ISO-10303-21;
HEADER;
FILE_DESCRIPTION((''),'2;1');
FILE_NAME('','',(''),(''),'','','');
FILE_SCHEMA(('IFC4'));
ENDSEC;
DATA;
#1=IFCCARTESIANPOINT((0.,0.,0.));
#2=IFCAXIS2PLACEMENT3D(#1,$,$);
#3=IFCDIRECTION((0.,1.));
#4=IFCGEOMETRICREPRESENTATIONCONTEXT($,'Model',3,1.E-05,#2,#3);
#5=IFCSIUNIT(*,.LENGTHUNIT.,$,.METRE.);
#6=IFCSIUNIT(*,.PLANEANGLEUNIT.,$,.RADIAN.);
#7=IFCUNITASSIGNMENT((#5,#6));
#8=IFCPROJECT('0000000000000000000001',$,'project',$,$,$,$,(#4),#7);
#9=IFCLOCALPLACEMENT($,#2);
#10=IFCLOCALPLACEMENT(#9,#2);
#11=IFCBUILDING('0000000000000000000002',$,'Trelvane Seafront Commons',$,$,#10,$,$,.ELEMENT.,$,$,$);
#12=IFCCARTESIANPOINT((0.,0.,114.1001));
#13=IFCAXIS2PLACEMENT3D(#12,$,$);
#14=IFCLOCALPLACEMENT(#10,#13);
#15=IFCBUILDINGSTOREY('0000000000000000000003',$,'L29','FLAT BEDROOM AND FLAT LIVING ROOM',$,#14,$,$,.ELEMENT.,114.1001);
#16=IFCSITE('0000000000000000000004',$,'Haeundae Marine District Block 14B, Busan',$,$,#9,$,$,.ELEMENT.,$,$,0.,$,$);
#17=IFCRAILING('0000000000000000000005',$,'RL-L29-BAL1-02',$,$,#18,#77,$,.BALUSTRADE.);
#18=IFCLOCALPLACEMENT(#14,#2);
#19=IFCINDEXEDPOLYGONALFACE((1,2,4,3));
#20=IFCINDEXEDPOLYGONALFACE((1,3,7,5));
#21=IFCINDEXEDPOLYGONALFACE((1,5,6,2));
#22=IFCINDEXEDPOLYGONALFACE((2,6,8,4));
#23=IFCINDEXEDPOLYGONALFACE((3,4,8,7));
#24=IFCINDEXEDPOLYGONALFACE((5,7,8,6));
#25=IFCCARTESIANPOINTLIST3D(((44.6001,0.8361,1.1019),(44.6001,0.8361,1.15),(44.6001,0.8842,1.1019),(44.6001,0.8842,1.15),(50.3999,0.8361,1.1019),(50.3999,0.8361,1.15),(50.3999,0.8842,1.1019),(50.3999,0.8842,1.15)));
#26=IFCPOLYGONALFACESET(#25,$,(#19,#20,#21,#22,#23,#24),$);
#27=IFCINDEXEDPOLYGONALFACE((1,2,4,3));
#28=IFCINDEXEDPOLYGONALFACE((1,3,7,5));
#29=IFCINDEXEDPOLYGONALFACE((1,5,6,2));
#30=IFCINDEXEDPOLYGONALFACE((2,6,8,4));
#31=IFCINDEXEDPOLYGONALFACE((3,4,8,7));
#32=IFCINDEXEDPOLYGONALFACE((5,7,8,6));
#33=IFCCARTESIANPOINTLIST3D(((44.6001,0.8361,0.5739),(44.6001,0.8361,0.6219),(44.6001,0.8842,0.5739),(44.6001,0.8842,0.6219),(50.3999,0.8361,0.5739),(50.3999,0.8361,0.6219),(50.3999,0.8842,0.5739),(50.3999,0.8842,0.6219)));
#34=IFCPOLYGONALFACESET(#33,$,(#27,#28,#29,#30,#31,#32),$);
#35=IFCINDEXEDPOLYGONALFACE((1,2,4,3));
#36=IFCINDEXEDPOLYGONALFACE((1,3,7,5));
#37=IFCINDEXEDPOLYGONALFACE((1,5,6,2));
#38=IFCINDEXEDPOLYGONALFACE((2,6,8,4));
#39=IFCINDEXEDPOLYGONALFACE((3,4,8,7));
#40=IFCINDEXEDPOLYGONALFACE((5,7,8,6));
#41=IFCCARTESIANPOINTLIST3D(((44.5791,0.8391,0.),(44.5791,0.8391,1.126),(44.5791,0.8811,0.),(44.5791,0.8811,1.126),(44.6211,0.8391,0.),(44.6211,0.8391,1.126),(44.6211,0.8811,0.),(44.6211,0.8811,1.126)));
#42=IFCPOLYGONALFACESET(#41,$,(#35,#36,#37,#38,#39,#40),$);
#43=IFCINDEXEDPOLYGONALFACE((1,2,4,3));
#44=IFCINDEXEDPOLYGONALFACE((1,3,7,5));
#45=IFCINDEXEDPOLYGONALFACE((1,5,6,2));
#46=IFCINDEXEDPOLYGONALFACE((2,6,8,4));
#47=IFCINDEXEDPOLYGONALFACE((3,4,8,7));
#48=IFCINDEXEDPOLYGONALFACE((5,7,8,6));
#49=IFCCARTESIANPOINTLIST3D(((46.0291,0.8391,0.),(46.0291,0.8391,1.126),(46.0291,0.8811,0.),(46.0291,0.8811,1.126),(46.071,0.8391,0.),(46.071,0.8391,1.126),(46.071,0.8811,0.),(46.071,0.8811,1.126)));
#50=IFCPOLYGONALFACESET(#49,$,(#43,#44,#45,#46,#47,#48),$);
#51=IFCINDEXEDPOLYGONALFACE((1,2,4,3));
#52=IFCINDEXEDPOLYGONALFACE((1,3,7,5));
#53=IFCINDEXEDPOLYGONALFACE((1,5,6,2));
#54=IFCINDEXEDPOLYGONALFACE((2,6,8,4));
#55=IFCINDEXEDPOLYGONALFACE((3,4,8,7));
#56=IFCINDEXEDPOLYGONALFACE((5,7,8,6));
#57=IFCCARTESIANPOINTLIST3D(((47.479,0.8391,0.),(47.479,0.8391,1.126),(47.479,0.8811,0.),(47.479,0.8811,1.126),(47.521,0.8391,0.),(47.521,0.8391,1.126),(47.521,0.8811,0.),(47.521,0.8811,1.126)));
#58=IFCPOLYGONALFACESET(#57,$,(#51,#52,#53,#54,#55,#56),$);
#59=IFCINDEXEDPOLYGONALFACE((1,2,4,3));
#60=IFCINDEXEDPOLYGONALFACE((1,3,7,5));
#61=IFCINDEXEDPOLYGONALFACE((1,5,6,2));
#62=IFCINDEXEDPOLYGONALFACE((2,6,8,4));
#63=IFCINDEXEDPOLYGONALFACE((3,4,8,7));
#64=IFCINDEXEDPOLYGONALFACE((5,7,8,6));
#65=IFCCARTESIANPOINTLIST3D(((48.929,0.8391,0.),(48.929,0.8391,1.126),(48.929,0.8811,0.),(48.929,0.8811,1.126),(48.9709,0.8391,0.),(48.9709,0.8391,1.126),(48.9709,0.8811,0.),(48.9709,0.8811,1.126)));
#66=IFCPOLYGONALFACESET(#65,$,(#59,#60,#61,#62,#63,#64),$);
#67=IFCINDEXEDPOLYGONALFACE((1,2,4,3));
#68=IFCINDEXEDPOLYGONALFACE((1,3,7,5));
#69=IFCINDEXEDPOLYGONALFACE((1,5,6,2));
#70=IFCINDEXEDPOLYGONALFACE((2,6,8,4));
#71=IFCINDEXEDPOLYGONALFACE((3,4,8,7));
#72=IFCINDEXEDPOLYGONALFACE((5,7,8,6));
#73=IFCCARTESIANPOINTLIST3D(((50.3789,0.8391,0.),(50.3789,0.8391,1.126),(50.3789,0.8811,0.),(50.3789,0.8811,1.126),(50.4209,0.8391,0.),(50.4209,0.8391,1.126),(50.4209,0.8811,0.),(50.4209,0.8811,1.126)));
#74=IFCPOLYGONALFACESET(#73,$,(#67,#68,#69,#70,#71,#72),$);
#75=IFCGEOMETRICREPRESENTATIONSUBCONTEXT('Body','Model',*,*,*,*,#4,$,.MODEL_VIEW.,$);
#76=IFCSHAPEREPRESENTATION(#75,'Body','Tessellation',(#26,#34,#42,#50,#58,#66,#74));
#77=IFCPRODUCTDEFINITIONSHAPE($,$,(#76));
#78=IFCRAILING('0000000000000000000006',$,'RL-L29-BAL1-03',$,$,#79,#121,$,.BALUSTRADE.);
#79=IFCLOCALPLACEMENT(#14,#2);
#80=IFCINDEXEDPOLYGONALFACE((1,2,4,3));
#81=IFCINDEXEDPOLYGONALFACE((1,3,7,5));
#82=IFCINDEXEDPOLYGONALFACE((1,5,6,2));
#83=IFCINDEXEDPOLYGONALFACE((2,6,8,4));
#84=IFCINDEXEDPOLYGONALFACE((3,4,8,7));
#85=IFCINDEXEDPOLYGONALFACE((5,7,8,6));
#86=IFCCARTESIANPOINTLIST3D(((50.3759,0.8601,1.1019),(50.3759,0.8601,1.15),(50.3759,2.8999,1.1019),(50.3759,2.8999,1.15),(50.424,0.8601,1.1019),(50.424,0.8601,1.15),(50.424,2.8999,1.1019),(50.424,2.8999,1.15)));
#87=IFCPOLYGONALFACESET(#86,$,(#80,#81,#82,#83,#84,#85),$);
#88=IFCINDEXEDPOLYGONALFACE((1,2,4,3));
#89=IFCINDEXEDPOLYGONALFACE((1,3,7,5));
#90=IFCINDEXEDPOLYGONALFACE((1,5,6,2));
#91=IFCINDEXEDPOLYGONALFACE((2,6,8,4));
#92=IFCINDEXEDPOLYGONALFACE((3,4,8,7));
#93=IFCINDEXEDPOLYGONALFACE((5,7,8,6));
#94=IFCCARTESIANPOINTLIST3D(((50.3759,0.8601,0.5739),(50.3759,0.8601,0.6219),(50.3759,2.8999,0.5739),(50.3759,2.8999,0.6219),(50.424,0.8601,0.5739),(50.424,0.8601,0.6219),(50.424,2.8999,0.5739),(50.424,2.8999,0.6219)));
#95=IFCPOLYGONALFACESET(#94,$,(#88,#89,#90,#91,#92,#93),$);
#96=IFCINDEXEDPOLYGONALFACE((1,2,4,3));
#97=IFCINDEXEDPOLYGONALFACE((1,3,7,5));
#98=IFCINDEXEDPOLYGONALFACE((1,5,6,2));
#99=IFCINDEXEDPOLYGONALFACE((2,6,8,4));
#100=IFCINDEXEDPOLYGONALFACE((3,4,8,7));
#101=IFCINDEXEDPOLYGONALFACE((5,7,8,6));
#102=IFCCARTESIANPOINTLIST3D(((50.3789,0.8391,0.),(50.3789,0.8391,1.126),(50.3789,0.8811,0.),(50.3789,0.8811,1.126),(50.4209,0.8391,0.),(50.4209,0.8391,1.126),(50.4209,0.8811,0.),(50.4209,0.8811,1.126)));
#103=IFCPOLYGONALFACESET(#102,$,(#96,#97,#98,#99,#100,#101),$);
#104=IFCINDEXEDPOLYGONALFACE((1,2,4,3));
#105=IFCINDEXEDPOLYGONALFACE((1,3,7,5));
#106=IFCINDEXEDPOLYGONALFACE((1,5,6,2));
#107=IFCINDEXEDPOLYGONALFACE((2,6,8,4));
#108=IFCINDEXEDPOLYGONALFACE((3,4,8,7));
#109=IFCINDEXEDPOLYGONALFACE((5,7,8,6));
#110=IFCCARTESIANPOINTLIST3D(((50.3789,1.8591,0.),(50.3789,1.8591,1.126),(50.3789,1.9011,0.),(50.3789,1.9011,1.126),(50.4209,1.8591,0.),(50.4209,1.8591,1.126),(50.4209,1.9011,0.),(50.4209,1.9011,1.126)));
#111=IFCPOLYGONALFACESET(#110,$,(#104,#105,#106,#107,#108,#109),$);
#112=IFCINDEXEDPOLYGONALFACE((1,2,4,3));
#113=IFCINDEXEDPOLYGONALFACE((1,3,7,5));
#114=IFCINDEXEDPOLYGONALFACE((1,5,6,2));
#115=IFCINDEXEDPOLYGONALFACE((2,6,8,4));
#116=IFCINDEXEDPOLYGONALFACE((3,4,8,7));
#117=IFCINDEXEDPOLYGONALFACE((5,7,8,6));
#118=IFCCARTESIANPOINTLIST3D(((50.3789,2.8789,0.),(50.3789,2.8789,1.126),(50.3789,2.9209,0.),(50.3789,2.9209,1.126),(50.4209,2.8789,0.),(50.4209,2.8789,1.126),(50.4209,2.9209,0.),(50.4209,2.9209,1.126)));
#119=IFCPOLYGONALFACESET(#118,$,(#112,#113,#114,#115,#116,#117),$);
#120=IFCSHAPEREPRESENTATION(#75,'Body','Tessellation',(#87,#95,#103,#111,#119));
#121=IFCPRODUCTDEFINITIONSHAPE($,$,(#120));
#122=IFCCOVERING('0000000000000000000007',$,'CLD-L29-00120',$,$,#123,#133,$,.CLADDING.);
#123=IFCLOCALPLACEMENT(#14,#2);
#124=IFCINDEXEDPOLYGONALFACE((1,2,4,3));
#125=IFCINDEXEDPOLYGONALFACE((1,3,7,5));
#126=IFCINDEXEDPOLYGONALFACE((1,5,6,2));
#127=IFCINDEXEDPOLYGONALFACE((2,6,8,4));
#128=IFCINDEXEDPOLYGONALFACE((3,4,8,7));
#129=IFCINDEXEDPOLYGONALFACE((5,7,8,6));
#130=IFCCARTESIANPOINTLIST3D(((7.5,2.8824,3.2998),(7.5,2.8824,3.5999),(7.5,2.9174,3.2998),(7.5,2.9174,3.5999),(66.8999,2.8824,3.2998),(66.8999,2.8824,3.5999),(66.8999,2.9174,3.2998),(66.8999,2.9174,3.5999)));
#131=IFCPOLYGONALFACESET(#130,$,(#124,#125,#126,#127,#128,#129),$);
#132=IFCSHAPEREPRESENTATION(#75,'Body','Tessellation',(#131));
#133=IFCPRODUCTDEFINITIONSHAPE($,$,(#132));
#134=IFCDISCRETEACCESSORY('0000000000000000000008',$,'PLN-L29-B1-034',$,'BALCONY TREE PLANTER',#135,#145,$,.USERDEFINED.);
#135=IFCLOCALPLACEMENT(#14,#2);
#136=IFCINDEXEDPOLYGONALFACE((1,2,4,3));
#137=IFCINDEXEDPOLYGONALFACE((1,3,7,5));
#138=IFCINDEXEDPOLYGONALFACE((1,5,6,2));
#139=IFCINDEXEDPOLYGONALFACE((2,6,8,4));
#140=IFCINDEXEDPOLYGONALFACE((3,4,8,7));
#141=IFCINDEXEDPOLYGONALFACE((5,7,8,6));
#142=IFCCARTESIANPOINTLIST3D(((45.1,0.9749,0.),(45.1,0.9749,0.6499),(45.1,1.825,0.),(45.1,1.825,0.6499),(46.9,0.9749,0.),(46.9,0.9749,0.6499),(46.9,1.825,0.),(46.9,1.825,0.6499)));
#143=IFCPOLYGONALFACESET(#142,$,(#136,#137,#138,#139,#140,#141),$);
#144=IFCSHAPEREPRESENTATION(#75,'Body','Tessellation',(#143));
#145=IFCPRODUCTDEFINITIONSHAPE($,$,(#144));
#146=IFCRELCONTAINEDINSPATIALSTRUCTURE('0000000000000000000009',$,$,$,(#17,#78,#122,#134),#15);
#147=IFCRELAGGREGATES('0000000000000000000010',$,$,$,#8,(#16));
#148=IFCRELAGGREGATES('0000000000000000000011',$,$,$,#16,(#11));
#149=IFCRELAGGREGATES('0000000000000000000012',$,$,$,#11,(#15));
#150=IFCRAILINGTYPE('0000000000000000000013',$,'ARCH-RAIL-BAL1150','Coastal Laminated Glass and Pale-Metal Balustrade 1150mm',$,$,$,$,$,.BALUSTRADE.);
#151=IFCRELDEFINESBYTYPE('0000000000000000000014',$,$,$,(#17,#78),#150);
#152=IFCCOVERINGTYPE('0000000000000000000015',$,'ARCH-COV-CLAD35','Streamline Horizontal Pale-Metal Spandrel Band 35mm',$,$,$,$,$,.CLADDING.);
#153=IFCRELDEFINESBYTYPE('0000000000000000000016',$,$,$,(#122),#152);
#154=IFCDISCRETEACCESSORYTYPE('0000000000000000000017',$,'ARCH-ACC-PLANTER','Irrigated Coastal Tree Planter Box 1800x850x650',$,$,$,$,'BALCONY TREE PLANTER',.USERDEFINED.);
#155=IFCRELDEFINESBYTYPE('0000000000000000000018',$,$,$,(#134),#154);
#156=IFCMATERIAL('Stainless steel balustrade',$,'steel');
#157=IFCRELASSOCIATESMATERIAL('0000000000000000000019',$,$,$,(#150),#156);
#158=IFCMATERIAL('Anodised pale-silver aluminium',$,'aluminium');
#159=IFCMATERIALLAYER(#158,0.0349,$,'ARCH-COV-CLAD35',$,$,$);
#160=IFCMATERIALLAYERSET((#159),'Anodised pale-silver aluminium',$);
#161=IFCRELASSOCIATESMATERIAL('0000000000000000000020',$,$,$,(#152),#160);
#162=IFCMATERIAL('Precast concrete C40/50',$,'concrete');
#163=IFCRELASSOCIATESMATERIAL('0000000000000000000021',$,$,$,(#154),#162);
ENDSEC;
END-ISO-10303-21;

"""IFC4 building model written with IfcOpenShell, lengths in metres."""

from ifc_helpers import new_model, si_unit, direction, frame, origin, origin_2d, place, context, subcontext, project, spatial, rectangle, extrude, source, transform, mapped, material, layer, layer_set, type_object, element, save


model = new_model("IFC4")

# Units and contexts
model_context = context("Model", 3, precision=1e-05, world=origin(), true_north=direction((0.0, 1.0)))
body_context = subcontext(model_context, "Body", "Model", "MODEL_VIEW")
ifc_project = project(units=[si_unit("LENGTHUNIT", "METRE"), si_unit("PLANEANGLEUNIT", "RADIAN")], contexts=[model_context])

# Site, building, storey
site_placement = place(None, origin())
site = spatial("IfcSite", under=ifc_project, at=site_placement, Name="Haeundae Marine District Block 14B, Busan", CompositionType="ELEMENT", RefElevation=0.0)
building_placement = place(site_placement, origin())
building = spatial("IfcBuilding", under=site, at=building_placement, Name="Trelvane Seafront Commons", CompositionType="ELEMENT")
storey_placement = place(building_placement, frame((0.0, 0.0, 114.1001)))
storey = spatial("IfcBuildingStorey", under=building, at=storey_placement, Name="L29", Description="FLAT BEDROOM AND FLAT LIVING ROOM", CompositionType="ELEMENT", Elevation=114.1001)

# Shared definitions
ifc_material_1 = material(Name="Anodised pale-silver aluminium", Category="aluminium")

# Railings
ifc_material_2 = material(Name="Stainless steel balustrade", Category="steel")
railing_type = type_object("IfcRailingType", Name="ARCH-RAIL-BAL1150", Description="Coastal Laminated Glass and Pale-Metal Balustrade 1150mm", PredefinedType="BALUSTRADE", material=ifc_material_2)
railing_1_placement = place(storey_placement, frame((44.6001, 0.8601, 0.0)))
element("IfcRailing", 1, at=railing_1_placement, inside=storey, type_object=railing_type, Name="RL-L29-BAL1-02", PredefinedType="BALUSTRADE", context=body_context, shape_type="SweptSolid", body=[
    extrude(rectangle(XDim=0.0481, YDim=0.0481, at=origin_2d()), frame((0.0, 0.0, 1.126), z_axis=(1.0, 0.0, 0.0), x_axis=(0.0, 1.0, 0.0)), (0.0, 0.0, 1.0), 5.7998),
    extrude(rectangle(XDim=0.0481, YDim=0.0481, at=origin_2d()), frame((0.0, 0.0, 0.5979), z_axis=(1.0, 0.0, 0.0), x_axis=(0.0, 1.0, 0.0)), (0.0, 0.0, 1.0), 5.7998),
    extrude(rectangle(XDim=0.042, YDim=0.042, at=origin_2d()), origin(), (0.0, 0.0, 1.0), 1.126),
    extrude(rectangle(XDim=0.042, YDim=0.042, at=origin_2d()), frame((1.45, 0.0, 0.0)), (0.0, 0.0, 1.0), 1.126),
    extrude(rectangle(XDim=0.042, YDim=0.042, at=origin_2d()), frame((2.8999, 0.0, 0.0)), (0.0, 0.0, 1.0), 1.126),
    extrude(rectangle(XDim=0.042, YDim=0.042, at=origin_2d()), frame((4.3499, 0.0, 0.0)), (0.0, 0.0, 1.0), 1.126),
    extrude(rectangle(XDim=0.042, YDim=0.042, at=origin_2d()), frame((5.7998, 0.0, 0.0)), (0.0, 0.0, 1.0), 1.126),
])
railing_2_placement = place(storey_placement, frame((50.3999, 0.8601, 0.0)))
element("IfcRailing", 2, at=railing_2_placement, inside=storey, type_object=railing_type, Name="RL-L29-BAL1-03", PredefinedType="BALUSTRADE", context=body_context, shape_type="SweptSolid", body=[
    extrude(rectangle(XDim=0.0481, YDim=0.0481, at=origin_2d()), frame((0.0, 0.0, 1.126), z_axis=(0.0, 1.0, 0.0), x_axis=(-1.0, 0.0, 0.0)), (0.0, 0.0, 1.0), 2.0398),
    extrude(rectangle(XDim=0.0481, YDim=0.0481, at=origin_2d()), frame((0.0, 0.0, 0.5979), z_axis=(0.0, 1.0, 0.0), x_axis=(-1.0, 0.0, 0.0)), (0.0, 0.0, 1.0), 2.0398),
    extrude(rectangle(XDim=0.042, YDim=0.042, at=origin_2d()), origin(), (0.0, 0.0, 1.0), 1.126),
    extrude(rectangle(XDim=0.042, YDim=0.042, at=origin_2d()), frame((0.0, 1.02, 0.0)), (0.0, 0.0, 1.0), 1.126),
    extrude(rectangle(XDim=0.042, YDim=0.042, at=origin_2d()), frame((0.0, 2.0398, 0.0)), (0.0, 0.0, 1.0), 1.126),
])

# Covering
ifc_layer_1 = layer(ifc_material_1, 0.0349, Name="ARCH-COV-CLAD35")
ifc_layer_set_1 = layer_set([ifc_layer_1], Name="Anodised pale-silver aluminium")
covering_type = type_object("IfcCoveringType", Name="ARCH-COV-CLAD35", Description="Streamline Horizontal Pale-Metal Spandrel Band 35mm", PredefinedType="CLADDING", material=ifc_layer_set_1)
shared_shape_1 = source(origin(), body_context, "Body", "SweptSolid", [
    extrude(rectangle(XDim=59.3999, YDim=0.0349, at=origin_2d()), origin(), (0.0, 0.0, 1.0), 0.3),
])
covering_placement = place(storey_placement, frame((37.2, 2.8999, 3.2998), z_axis=(0.0, 0.0, 1.0), x_axis=(-1.0, 0.0, 0.0)))
element("IfcCovering", 3, at=covering_placement, inside=storey, type_object=covering_type, Name="CLD-L29-00120", PredefinedType="CLADDING", context=body_context, shape_type="MappedRepresentation", body=[
    mapped(shared_shape_1, transform((0.0, 0.0, 0.0), x_axis=(1.0, 0.0, 0.0), y_axis=(0.0, 1.0, 0.0), z_axis=(0.0, 0.0, 1.0), scale=1.0)),
])

# Discrete accessory
ifc_material_3 = material(Name="Precast concrete C40/50", Category="concrete")
discrete_accessory_type = type_object("IfcDiscreteAccessoryType", Name="ARCH-ACC-PLANTER", Description="Irrigated Coastal Tree Planter Box 1800x850x650", ElementType="BALCONY TREE PLANTER", PredefinedType="USERDEFINED", material=ifc_material_3)
shared_shape_2 = source(origin(), body_context, "Body", "SweptSolid", [
    extrude(rectangle(XDim=1.8, YDim=0.8501, at=origin_2d()), origin(), (0.0, 0.0, 1.0), 0.6499),
])
discrete_accessory_placement = place(storey_placement, frame((46.0, 1.3999, 0.0), z_axis=(0.0, 0.0, 1.0), x_axis=(1.0, 0.0, 0.0)))
element("IfcDiscreteAccessory", 4, at=discrete_accessory_placement, inside=storey, type_object=discrete_accessory_type, Name="PLN-L29-B1-034", ObjectType="BALCONY TREE PLANTER", PredefinedType="USERDEFINED", context=body_context, shape_type="MappedRepresentation", body=[
    mapped(shared_shape_2, transform((0.0, 0.0, 0.0), x_axis=(1.0, 0.0, 0.0), y_axis=(0.0, 1.0, 0.0), z_axis=(0.0, 0.0, 1.0), scale=1.0)),
])

save(model, "model.ifc")
